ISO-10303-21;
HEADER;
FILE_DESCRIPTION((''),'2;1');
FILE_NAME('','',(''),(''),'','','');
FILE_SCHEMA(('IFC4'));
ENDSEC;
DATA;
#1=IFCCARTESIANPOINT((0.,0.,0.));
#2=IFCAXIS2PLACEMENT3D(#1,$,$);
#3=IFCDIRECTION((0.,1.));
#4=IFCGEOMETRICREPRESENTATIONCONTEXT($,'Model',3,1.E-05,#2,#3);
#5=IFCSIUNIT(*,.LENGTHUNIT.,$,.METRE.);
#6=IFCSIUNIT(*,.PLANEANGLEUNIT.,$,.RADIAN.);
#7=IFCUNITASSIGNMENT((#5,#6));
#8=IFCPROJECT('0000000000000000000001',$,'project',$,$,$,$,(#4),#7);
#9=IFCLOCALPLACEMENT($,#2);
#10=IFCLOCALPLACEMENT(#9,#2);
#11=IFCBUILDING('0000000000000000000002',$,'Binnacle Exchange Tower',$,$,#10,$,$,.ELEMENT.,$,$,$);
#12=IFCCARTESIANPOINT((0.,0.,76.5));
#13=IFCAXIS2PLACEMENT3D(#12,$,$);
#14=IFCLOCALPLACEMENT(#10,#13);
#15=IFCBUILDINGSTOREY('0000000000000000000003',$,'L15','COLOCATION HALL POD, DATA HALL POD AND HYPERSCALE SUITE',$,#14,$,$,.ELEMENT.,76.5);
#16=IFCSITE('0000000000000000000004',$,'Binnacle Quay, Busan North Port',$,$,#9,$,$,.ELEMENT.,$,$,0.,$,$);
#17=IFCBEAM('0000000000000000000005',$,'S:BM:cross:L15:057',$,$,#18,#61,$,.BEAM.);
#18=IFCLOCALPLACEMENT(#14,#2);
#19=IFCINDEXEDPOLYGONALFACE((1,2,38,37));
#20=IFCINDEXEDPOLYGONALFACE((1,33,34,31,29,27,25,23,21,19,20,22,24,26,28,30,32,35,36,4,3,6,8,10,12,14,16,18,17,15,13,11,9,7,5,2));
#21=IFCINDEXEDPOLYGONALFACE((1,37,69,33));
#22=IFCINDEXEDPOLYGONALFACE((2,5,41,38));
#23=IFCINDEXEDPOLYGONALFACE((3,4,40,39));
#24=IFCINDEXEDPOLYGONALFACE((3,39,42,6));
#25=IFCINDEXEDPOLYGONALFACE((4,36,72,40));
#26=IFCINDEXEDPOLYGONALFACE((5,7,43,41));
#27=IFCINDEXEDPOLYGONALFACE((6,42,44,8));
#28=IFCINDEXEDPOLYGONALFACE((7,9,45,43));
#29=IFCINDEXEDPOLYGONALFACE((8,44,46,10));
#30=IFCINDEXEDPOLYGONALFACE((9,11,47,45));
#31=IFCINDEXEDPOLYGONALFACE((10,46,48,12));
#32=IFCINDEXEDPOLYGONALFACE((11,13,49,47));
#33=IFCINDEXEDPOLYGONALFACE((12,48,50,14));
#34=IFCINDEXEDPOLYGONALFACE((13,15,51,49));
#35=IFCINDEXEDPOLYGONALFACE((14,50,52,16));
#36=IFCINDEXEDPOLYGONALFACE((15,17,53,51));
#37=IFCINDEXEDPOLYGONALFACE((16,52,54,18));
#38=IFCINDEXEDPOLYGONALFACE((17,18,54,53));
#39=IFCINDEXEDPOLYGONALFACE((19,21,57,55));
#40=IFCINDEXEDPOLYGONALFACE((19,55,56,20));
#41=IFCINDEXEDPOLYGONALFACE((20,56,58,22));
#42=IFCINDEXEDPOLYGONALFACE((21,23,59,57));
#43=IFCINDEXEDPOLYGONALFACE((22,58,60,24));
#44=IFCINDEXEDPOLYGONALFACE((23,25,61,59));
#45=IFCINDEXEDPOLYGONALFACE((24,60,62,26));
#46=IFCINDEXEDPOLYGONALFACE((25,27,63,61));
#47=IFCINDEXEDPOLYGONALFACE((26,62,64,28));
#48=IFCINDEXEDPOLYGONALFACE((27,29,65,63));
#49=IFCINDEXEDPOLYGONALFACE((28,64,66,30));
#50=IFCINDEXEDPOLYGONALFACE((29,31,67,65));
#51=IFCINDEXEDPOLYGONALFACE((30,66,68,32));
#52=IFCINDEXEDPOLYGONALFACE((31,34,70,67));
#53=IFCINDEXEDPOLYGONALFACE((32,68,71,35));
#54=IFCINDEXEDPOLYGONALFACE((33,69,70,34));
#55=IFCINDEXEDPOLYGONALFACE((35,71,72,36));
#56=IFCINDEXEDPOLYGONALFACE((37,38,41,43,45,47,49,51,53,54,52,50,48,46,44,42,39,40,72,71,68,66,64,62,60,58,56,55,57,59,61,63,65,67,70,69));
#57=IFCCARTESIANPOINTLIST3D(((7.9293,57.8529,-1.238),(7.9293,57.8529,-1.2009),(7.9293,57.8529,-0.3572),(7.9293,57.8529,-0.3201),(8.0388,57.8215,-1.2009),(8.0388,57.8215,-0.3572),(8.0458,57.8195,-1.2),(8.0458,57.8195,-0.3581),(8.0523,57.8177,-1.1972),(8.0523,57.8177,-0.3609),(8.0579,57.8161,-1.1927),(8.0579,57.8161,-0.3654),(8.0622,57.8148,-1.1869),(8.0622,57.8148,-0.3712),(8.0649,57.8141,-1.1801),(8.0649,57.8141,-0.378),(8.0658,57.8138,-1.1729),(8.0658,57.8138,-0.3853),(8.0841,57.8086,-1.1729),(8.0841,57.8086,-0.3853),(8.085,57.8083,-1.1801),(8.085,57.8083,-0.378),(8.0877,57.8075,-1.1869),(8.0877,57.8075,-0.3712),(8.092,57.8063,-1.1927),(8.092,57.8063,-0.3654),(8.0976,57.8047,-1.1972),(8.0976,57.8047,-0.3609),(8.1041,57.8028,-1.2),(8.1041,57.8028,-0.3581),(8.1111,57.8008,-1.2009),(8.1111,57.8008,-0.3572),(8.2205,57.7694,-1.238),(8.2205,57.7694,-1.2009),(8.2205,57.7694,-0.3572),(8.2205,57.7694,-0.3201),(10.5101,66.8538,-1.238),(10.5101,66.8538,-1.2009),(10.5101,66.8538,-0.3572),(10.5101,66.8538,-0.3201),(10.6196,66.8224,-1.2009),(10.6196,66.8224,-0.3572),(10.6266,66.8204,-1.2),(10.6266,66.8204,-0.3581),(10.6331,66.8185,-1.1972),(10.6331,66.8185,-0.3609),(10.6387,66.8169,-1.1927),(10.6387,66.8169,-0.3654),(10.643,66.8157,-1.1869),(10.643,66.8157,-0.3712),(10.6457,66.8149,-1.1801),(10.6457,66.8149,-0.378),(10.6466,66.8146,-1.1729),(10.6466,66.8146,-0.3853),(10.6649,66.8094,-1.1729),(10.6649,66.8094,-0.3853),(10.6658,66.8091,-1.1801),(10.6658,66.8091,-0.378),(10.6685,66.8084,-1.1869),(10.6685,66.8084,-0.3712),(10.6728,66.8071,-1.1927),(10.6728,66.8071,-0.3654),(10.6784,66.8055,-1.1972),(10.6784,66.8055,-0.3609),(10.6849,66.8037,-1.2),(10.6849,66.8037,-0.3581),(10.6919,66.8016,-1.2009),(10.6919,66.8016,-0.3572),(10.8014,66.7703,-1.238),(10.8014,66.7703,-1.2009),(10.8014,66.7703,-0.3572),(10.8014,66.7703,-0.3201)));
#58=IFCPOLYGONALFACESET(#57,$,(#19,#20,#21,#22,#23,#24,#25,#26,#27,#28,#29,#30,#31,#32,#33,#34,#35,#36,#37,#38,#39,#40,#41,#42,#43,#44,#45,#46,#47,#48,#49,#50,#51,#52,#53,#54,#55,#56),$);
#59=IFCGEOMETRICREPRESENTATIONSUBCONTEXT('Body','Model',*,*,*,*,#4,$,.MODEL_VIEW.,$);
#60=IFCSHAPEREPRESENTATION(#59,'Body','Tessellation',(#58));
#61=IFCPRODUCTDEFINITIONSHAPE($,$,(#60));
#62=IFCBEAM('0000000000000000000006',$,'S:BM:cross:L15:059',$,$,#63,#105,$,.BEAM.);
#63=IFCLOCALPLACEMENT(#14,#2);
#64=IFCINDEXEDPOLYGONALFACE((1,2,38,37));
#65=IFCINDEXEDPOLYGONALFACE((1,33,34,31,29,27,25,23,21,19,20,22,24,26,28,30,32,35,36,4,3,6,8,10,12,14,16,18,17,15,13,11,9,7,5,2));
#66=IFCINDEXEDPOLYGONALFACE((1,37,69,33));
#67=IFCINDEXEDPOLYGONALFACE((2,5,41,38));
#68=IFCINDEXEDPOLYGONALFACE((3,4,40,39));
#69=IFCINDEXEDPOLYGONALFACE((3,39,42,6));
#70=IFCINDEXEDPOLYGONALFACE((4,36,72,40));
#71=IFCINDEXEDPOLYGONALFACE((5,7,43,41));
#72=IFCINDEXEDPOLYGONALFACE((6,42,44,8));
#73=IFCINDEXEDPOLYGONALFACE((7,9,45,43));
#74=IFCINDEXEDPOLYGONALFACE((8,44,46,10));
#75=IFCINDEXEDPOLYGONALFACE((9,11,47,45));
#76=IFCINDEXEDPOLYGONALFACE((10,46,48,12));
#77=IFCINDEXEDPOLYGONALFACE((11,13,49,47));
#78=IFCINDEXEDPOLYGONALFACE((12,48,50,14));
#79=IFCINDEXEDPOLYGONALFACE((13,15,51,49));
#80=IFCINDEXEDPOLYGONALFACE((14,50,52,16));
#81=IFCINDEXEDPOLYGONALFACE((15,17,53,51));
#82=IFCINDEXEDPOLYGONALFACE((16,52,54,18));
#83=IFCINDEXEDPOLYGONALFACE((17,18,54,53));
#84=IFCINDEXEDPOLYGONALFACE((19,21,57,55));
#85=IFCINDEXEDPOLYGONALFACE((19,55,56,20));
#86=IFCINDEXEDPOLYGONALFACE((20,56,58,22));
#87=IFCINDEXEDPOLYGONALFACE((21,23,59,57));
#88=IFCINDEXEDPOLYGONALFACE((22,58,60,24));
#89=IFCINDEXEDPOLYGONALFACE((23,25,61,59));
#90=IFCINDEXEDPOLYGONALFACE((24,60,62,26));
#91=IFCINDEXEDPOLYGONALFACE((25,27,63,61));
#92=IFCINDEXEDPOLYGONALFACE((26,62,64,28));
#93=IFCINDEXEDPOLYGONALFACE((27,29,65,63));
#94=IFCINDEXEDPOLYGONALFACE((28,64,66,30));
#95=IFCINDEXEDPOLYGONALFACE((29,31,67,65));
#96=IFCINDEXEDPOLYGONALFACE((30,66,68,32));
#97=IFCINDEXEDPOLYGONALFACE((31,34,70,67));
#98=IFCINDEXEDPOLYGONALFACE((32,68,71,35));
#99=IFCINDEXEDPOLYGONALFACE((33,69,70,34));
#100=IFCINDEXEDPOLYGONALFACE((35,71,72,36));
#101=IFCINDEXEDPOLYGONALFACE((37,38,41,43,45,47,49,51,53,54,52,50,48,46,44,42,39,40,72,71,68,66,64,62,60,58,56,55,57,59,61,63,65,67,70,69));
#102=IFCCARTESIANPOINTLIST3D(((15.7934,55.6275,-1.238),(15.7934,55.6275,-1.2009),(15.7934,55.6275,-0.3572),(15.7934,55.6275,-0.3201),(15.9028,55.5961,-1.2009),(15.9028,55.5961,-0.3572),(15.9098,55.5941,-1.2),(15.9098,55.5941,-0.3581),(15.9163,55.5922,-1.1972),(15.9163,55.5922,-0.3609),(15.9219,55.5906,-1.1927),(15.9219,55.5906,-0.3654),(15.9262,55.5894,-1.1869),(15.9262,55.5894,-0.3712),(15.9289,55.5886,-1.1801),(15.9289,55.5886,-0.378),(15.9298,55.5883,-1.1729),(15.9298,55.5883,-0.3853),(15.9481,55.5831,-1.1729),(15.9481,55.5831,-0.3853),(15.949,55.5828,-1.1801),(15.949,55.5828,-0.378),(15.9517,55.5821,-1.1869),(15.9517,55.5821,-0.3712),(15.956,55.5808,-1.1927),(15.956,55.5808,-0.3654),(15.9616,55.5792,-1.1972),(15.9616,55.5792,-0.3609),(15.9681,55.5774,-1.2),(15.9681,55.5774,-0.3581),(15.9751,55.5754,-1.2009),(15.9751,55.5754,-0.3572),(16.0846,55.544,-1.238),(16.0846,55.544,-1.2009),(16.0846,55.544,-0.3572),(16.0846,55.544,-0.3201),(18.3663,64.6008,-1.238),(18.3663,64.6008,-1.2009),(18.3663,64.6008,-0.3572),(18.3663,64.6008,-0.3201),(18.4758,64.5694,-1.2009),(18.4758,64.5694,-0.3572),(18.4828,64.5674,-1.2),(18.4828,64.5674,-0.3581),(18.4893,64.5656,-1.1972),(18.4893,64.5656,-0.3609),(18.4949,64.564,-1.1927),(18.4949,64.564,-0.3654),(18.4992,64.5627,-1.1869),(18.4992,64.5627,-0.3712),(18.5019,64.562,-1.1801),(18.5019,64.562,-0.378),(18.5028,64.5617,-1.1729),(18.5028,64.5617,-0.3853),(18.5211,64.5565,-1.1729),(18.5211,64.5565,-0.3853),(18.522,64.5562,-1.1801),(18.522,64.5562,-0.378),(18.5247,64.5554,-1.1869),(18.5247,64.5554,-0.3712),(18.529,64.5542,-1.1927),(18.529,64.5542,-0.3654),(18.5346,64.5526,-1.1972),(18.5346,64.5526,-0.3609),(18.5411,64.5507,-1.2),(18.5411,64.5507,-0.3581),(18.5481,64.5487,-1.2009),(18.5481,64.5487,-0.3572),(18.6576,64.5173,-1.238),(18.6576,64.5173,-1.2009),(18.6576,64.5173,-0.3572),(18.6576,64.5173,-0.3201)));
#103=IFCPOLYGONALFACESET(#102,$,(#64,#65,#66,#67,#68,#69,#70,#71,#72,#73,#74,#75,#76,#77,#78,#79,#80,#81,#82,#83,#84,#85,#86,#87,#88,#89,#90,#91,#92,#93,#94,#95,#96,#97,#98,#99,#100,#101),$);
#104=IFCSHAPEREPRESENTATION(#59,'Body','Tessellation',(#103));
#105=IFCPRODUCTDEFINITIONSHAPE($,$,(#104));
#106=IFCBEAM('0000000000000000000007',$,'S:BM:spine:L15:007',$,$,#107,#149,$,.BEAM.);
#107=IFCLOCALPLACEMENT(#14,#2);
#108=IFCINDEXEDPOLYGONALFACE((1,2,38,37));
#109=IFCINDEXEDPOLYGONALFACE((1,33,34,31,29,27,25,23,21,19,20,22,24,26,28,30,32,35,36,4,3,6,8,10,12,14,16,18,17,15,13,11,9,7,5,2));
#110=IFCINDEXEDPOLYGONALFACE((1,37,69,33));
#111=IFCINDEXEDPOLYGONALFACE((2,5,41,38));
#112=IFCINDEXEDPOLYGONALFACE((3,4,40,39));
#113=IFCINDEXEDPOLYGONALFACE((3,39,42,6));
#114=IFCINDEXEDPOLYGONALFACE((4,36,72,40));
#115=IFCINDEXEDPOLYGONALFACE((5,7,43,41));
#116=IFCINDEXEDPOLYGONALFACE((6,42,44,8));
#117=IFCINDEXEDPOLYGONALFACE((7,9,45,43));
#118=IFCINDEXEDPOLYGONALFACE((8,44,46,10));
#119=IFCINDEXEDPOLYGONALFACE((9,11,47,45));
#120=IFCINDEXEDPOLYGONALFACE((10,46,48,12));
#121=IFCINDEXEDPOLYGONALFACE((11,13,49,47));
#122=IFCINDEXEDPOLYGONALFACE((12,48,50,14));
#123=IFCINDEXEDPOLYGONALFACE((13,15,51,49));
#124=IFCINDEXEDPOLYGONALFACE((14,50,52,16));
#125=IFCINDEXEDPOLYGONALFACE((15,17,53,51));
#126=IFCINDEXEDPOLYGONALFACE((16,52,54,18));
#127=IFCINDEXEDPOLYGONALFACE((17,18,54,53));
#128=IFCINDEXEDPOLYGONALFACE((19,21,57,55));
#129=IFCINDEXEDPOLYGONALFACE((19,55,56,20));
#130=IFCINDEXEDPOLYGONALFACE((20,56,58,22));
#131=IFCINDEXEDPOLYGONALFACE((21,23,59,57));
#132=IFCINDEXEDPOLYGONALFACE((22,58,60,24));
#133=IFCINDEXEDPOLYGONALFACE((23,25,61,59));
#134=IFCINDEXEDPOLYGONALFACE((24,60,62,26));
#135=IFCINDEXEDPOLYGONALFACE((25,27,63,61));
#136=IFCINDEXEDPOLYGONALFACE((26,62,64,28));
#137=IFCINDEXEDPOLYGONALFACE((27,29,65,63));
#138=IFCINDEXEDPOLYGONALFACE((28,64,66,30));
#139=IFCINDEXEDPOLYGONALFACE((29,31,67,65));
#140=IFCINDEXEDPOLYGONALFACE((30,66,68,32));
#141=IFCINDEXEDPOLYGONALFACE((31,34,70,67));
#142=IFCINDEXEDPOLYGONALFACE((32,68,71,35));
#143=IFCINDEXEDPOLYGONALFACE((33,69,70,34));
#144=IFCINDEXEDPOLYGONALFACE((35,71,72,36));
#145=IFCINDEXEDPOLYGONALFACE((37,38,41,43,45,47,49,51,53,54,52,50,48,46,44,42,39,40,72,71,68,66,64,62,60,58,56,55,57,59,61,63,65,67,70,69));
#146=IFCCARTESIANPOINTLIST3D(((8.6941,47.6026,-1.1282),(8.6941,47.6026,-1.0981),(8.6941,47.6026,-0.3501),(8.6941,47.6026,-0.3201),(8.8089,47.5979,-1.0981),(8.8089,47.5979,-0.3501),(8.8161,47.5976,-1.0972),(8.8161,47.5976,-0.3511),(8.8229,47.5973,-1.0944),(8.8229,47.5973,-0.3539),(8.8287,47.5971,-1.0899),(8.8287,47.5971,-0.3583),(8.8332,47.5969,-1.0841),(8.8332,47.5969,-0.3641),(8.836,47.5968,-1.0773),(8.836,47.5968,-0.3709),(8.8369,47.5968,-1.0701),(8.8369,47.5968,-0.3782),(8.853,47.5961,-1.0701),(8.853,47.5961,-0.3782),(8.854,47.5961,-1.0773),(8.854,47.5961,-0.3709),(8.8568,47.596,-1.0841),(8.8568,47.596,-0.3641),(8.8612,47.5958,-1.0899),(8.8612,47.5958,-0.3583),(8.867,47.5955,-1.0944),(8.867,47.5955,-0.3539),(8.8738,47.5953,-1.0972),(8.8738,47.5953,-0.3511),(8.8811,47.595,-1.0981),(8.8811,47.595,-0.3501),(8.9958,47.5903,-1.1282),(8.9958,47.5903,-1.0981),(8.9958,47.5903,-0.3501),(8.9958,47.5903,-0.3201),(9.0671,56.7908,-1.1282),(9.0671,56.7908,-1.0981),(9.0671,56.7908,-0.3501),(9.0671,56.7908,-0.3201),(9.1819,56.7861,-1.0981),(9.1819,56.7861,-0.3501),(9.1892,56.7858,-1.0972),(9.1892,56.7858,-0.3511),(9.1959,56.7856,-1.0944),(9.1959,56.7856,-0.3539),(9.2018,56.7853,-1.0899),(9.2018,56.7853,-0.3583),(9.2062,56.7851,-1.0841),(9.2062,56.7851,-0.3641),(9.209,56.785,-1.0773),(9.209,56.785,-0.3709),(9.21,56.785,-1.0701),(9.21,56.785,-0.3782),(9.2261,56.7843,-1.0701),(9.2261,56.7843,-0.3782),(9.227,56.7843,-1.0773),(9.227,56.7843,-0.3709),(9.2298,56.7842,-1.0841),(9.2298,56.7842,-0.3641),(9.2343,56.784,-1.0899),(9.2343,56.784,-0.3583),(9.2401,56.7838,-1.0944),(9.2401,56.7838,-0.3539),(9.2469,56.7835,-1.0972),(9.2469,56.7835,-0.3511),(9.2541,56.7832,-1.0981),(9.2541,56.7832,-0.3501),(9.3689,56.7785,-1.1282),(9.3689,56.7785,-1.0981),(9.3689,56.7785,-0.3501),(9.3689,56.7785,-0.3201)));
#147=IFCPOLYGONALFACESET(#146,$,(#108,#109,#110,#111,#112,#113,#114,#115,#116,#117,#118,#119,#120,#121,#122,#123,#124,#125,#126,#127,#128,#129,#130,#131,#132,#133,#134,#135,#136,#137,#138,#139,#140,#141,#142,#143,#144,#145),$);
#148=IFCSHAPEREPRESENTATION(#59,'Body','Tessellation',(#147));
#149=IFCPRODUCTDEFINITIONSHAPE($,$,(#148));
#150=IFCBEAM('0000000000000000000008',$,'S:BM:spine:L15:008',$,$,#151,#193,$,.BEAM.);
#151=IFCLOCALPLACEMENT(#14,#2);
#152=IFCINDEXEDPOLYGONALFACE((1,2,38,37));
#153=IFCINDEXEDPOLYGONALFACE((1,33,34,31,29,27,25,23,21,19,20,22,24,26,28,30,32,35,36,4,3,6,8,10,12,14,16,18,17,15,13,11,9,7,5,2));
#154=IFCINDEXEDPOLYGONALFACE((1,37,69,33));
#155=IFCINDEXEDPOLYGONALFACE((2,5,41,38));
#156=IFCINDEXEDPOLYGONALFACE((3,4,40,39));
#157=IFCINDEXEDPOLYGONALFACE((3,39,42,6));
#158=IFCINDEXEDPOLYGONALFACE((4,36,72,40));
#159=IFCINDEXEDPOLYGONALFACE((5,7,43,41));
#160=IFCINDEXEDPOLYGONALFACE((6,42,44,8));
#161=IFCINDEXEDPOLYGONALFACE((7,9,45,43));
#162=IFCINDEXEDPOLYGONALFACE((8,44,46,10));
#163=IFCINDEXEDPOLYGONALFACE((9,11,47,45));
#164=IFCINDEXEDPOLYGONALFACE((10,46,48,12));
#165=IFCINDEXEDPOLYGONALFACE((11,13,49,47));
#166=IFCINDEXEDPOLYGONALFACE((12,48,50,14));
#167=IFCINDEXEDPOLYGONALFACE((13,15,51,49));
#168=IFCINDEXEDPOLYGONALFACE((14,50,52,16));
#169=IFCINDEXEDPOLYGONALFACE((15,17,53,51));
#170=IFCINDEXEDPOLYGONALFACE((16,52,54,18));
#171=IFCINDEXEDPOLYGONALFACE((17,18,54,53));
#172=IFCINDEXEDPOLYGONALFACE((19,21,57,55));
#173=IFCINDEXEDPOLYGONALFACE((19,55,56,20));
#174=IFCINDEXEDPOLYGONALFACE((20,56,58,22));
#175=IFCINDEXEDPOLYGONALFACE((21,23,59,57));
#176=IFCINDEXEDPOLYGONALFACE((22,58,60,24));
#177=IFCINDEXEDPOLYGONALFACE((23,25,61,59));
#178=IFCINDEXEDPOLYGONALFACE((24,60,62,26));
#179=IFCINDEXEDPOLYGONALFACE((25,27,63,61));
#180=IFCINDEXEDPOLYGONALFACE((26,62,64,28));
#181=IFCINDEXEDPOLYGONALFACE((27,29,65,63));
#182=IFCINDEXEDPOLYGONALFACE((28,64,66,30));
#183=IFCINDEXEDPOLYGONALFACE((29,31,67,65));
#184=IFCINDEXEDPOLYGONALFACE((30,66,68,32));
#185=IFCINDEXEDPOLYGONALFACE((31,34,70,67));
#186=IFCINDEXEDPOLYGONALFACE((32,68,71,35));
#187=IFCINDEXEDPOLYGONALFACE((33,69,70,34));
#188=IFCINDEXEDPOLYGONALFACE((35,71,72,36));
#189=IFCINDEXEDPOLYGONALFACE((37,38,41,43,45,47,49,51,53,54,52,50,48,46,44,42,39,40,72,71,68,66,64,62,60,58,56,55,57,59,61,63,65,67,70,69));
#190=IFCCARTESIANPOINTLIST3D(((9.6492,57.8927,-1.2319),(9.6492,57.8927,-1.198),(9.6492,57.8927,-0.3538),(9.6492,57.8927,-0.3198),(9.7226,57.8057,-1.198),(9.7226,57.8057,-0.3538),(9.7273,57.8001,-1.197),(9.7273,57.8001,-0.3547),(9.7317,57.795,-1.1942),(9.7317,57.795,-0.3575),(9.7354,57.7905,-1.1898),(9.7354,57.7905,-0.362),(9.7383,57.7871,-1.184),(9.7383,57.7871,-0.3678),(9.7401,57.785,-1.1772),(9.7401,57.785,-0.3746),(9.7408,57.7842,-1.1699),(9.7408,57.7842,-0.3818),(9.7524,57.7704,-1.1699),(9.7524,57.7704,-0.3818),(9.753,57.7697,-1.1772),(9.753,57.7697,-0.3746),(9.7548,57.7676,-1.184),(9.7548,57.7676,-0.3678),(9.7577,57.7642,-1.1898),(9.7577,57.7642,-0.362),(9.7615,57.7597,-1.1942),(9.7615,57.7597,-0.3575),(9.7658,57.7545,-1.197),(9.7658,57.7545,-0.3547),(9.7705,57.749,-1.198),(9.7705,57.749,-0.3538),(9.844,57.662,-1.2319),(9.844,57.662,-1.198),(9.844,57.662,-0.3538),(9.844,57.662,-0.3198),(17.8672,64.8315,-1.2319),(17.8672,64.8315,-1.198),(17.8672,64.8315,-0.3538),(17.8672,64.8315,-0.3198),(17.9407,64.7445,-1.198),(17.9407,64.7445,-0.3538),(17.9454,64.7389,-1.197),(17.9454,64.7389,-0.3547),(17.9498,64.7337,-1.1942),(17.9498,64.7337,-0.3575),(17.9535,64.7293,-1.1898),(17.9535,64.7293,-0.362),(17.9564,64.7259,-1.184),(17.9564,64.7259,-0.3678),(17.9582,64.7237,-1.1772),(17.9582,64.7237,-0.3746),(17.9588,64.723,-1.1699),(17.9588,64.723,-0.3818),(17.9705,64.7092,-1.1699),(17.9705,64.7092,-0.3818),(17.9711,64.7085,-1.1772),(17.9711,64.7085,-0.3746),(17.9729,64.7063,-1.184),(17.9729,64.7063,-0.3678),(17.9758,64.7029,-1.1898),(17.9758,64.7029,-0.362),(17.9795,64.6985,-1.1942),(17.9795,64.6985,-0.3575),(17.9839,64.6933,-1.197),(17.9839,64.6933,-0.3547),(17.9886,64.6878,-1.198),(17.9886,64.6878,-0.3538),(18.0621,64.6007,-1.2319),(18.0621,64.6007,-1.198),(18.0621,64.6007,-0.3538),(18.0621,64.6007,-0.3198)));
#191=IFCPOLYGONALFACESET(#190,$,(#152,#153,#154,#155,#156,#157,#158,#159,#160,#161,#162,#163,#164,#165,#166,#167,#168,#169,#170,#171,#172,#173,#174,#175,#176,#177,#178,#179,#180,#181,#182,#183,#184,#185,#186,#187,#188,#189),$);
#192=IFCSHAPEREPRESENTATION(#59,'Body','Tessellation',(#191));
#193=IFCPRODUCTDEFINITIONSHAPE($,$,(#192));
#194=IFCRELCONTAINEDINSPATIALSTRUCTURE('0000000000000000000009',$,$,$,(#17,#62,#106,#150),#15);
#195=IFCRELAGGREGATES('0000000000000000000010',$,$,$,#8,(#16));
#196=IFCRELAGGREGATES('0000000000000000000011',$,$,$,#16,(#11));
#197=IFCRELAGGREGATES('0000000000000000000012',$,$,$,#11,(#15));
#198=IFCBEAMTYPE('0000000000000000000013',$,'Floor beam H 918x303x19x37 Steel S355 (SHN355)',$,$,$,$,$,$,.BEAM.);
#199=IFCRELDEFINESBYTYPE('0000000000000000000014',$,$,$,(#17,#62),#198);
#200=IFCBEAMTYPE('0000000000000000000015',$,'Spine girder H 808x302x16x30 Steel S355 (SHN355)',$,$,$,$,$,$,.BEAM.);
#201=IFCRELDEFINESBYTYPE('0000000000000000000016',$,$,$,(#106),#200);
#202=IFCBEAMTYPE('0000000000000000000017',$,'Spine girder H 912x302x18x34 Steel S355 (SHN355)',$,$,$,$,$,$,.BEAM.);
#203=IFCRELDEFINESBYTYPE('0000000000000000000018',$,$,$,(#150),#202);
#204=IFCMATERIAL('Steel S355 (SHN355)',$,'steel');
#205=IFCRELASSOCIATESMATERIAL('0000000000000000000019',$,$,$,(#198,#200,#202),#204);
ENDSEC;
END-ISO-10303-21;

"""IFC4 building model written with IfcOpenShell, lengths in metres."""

from ifc_helpers import new_model, si_unit, direction, frame, origin, origin_2d, place, context, subcontext, project, spatial, i_section, extrude, material, material_profile, profile_set, type_object, element, save


model = new_model("IFC4")

# Units and contexts
model_context = context("Model", 3, precision=1e-05, world=origin(), true_north=direction((0.0, 1.0)))
body_context = subcontext(model_context, "Body", "Model", "MODEL_VIEW")
ifc_project = project(units=[si_unit("LENGTHUNIT", "METRE"), si_unit("PLANEANGLEUNIT", "RADIAN")], contexts=[model_context])

# Site, building, storey
site_placement = place(None, origin())
site = spatial("IfcSite", under=ifc_project, at=site_placement, Name="Binnacle Quay, Busan North Port", CompositionType="ELEMENT", RefElevation=0.0)
building_placement = place(site_placement, origin())
building = spatial("IfcBuilding", under=site, at=building_placement, Name="Binnacle Exchange Tower", CompositionType="ELEMENT")
storey_placement = place(building_placement, frame((0.0, 0.0, 76.5)))
storey = spatial("IfcBuildingStorey", under=building, at=storey_placement, Name="L15", Description="COLOCATION HALL POD, DATA HALL POD AND HYPERSCALE SUITE", CompositionType="ELEMENT", Elevation=76.5)

# Beams
ifc_material_1 = material(Name="Steel S355 (SHN355)", Category="steel")
ifc_material_profile_1 = material_profile(ifc_material_1, i_section(OverallWidth=0.303, OverallDepth=0.918, WebThickness=0.019, FlangeThickness=0.0371, FilletRadius=0.0281, at=origin_2d()), Name="H 918x303x19x37")
ifc_profile_set_1 = profile_set([ifc_material_profile_1], Name="Steel S355 (SHN355)")
beam_type_1 = type_object("IfcBeamType", Name="Floor beam H 918x303x19x37 Steel S355 (SHN355)", PredefinedType="BEAM", material=ifc_profile_set_1)
beam_1_placement = place(storey_placement, frame((10.6558, 66.812, -0.7791), z_axis=(-0.275627, -0.961265, 0.0), x_axis=(0.961265, -0.275627, 0.0)))
element("IfcBeam", 1, at=beam_1_placement, inside=storey, type_object=beam_type_1, Name="S:BM:cross:L15:057", PredefinedType="BEAM", context=body_context, shape_type="SweptSolid", body=[
    extrude(i_section(OverallWidth=0.303, OverallDepth=0.918, WebThickness=0.019, FlangeThickness=0.0371, FilletRadius=0.0281, at=origin_2d()), origin(), (0.0, 0.0, 1.0), 9.3635),
])
beam_2_placement = place(storey_placement, frame((18.512, 64.5591, -0.7791), z_axis=(-0.275629, -0.961264, 0.0), x_axis=(0.961264, -0.275629, 0.0)))
element("IfcBeam", 2, at=beam_2_placement, inside=storey, type_object=beam_type_1, Name="S:BM:cross:L15:059", PredefinedType="BEAM", context=body_context, shape_type="SweptSolid", body=[
    extrude(i_section(OverallWidth=0.303, OverallDepth=0.918, WebThickness=0.019, FlangeThickness=0.0371, FilletRadius=0.0281, at=origin_2d()), origin(), (0.0, 0.0, 1.0), 9.335),
])
ifc_material_profile_2 = material_profile(ifc_material_1, i_section(OverallWidth=0.302, OverallDepth=0.8081, WebThickness=0.0161, FlangeThickness=0.03, FilletRadius=0.0281, at=origin_2d()), Name="H 808x302x16x30")
ifc_profile_set_2 = profile_set([ifc_material_profile_2], Name="Steel S355 (SHN355)")
beam_type_2 = type_object("IfcBeamType", Name="Spine girder H 808x302x16x30 Steel S355 (SHN355)", PredefinedType="BEAM", material=ifc_profile_set_2)
beam_3_placement = place(storey_placement, frame((9.218, 56.7847, -0.7241), z_axis=(-0.040567, -0.999177, 0.0), x_axis=(0.999177, -0.040567, 0.0)))
element("IfcBeam", 3, at=beam_3_placement, inside=storey, type_object=beam_type_2, Name="S:BM:spine:L15:007", PredefinedType="BEAM", context=body_context, shape_type="SweptSolid", body=[
    extrude(i_section(OverallWidth=0.302, OverallDepth=0.8081, WebThickness=0.0161, FlangeThickness=0.03, FilletRadius=0.0281, at=origin_2d()), origin(), (0.0, 0.0, 1.0), 9.1958),
])
ifc_material_profile_3 = material_profile(ifc_material_1, i_section(OverallWidth=0.302, OverallDepth=0.9121, WebThickness=0.0181, FlangeThickness=0.0339, FilletRadius=0.0281, at=origin_2d()), Name="H 912x302x18x34")
ifc_profile_set_3 = profile_set([ifc_material_profile_3], Name="Steel S355 (SHN355)")
beam_type_3 = type_object("IfcBeamType", Name="Spine girder H 912x302x18x34 Steel S355 (SHN355)", PredefinedType="BEAM", material=ifc_profile_set_3)
beam_4_placement = place(storey_placement, frame((9.7466, 57.7773, -0.7759), z_axis=(0.764073, 0.64513, 0.0), x_axis=(-0.64513, 0.764073, 0.0)))
element("IfcBeam", 4, at=beam_4_placement, inside=storey, type_object=beam_type_3, Name="S:BM:spine:L15:008", PredefinedType="BEAM", context=body_context, shape_type="SweptSolid", body=[
    extrude(i_section(OverallWidth=0.302, OverallDepth=0.9121, WebThickness=0.0181, FlangeThickness=0.0339, FilletRadius=0.0281, at=origin_2d()), origin(), (0.0, 0.0, 1.0), 10.7556),
])

save(model, "model.ifc")
